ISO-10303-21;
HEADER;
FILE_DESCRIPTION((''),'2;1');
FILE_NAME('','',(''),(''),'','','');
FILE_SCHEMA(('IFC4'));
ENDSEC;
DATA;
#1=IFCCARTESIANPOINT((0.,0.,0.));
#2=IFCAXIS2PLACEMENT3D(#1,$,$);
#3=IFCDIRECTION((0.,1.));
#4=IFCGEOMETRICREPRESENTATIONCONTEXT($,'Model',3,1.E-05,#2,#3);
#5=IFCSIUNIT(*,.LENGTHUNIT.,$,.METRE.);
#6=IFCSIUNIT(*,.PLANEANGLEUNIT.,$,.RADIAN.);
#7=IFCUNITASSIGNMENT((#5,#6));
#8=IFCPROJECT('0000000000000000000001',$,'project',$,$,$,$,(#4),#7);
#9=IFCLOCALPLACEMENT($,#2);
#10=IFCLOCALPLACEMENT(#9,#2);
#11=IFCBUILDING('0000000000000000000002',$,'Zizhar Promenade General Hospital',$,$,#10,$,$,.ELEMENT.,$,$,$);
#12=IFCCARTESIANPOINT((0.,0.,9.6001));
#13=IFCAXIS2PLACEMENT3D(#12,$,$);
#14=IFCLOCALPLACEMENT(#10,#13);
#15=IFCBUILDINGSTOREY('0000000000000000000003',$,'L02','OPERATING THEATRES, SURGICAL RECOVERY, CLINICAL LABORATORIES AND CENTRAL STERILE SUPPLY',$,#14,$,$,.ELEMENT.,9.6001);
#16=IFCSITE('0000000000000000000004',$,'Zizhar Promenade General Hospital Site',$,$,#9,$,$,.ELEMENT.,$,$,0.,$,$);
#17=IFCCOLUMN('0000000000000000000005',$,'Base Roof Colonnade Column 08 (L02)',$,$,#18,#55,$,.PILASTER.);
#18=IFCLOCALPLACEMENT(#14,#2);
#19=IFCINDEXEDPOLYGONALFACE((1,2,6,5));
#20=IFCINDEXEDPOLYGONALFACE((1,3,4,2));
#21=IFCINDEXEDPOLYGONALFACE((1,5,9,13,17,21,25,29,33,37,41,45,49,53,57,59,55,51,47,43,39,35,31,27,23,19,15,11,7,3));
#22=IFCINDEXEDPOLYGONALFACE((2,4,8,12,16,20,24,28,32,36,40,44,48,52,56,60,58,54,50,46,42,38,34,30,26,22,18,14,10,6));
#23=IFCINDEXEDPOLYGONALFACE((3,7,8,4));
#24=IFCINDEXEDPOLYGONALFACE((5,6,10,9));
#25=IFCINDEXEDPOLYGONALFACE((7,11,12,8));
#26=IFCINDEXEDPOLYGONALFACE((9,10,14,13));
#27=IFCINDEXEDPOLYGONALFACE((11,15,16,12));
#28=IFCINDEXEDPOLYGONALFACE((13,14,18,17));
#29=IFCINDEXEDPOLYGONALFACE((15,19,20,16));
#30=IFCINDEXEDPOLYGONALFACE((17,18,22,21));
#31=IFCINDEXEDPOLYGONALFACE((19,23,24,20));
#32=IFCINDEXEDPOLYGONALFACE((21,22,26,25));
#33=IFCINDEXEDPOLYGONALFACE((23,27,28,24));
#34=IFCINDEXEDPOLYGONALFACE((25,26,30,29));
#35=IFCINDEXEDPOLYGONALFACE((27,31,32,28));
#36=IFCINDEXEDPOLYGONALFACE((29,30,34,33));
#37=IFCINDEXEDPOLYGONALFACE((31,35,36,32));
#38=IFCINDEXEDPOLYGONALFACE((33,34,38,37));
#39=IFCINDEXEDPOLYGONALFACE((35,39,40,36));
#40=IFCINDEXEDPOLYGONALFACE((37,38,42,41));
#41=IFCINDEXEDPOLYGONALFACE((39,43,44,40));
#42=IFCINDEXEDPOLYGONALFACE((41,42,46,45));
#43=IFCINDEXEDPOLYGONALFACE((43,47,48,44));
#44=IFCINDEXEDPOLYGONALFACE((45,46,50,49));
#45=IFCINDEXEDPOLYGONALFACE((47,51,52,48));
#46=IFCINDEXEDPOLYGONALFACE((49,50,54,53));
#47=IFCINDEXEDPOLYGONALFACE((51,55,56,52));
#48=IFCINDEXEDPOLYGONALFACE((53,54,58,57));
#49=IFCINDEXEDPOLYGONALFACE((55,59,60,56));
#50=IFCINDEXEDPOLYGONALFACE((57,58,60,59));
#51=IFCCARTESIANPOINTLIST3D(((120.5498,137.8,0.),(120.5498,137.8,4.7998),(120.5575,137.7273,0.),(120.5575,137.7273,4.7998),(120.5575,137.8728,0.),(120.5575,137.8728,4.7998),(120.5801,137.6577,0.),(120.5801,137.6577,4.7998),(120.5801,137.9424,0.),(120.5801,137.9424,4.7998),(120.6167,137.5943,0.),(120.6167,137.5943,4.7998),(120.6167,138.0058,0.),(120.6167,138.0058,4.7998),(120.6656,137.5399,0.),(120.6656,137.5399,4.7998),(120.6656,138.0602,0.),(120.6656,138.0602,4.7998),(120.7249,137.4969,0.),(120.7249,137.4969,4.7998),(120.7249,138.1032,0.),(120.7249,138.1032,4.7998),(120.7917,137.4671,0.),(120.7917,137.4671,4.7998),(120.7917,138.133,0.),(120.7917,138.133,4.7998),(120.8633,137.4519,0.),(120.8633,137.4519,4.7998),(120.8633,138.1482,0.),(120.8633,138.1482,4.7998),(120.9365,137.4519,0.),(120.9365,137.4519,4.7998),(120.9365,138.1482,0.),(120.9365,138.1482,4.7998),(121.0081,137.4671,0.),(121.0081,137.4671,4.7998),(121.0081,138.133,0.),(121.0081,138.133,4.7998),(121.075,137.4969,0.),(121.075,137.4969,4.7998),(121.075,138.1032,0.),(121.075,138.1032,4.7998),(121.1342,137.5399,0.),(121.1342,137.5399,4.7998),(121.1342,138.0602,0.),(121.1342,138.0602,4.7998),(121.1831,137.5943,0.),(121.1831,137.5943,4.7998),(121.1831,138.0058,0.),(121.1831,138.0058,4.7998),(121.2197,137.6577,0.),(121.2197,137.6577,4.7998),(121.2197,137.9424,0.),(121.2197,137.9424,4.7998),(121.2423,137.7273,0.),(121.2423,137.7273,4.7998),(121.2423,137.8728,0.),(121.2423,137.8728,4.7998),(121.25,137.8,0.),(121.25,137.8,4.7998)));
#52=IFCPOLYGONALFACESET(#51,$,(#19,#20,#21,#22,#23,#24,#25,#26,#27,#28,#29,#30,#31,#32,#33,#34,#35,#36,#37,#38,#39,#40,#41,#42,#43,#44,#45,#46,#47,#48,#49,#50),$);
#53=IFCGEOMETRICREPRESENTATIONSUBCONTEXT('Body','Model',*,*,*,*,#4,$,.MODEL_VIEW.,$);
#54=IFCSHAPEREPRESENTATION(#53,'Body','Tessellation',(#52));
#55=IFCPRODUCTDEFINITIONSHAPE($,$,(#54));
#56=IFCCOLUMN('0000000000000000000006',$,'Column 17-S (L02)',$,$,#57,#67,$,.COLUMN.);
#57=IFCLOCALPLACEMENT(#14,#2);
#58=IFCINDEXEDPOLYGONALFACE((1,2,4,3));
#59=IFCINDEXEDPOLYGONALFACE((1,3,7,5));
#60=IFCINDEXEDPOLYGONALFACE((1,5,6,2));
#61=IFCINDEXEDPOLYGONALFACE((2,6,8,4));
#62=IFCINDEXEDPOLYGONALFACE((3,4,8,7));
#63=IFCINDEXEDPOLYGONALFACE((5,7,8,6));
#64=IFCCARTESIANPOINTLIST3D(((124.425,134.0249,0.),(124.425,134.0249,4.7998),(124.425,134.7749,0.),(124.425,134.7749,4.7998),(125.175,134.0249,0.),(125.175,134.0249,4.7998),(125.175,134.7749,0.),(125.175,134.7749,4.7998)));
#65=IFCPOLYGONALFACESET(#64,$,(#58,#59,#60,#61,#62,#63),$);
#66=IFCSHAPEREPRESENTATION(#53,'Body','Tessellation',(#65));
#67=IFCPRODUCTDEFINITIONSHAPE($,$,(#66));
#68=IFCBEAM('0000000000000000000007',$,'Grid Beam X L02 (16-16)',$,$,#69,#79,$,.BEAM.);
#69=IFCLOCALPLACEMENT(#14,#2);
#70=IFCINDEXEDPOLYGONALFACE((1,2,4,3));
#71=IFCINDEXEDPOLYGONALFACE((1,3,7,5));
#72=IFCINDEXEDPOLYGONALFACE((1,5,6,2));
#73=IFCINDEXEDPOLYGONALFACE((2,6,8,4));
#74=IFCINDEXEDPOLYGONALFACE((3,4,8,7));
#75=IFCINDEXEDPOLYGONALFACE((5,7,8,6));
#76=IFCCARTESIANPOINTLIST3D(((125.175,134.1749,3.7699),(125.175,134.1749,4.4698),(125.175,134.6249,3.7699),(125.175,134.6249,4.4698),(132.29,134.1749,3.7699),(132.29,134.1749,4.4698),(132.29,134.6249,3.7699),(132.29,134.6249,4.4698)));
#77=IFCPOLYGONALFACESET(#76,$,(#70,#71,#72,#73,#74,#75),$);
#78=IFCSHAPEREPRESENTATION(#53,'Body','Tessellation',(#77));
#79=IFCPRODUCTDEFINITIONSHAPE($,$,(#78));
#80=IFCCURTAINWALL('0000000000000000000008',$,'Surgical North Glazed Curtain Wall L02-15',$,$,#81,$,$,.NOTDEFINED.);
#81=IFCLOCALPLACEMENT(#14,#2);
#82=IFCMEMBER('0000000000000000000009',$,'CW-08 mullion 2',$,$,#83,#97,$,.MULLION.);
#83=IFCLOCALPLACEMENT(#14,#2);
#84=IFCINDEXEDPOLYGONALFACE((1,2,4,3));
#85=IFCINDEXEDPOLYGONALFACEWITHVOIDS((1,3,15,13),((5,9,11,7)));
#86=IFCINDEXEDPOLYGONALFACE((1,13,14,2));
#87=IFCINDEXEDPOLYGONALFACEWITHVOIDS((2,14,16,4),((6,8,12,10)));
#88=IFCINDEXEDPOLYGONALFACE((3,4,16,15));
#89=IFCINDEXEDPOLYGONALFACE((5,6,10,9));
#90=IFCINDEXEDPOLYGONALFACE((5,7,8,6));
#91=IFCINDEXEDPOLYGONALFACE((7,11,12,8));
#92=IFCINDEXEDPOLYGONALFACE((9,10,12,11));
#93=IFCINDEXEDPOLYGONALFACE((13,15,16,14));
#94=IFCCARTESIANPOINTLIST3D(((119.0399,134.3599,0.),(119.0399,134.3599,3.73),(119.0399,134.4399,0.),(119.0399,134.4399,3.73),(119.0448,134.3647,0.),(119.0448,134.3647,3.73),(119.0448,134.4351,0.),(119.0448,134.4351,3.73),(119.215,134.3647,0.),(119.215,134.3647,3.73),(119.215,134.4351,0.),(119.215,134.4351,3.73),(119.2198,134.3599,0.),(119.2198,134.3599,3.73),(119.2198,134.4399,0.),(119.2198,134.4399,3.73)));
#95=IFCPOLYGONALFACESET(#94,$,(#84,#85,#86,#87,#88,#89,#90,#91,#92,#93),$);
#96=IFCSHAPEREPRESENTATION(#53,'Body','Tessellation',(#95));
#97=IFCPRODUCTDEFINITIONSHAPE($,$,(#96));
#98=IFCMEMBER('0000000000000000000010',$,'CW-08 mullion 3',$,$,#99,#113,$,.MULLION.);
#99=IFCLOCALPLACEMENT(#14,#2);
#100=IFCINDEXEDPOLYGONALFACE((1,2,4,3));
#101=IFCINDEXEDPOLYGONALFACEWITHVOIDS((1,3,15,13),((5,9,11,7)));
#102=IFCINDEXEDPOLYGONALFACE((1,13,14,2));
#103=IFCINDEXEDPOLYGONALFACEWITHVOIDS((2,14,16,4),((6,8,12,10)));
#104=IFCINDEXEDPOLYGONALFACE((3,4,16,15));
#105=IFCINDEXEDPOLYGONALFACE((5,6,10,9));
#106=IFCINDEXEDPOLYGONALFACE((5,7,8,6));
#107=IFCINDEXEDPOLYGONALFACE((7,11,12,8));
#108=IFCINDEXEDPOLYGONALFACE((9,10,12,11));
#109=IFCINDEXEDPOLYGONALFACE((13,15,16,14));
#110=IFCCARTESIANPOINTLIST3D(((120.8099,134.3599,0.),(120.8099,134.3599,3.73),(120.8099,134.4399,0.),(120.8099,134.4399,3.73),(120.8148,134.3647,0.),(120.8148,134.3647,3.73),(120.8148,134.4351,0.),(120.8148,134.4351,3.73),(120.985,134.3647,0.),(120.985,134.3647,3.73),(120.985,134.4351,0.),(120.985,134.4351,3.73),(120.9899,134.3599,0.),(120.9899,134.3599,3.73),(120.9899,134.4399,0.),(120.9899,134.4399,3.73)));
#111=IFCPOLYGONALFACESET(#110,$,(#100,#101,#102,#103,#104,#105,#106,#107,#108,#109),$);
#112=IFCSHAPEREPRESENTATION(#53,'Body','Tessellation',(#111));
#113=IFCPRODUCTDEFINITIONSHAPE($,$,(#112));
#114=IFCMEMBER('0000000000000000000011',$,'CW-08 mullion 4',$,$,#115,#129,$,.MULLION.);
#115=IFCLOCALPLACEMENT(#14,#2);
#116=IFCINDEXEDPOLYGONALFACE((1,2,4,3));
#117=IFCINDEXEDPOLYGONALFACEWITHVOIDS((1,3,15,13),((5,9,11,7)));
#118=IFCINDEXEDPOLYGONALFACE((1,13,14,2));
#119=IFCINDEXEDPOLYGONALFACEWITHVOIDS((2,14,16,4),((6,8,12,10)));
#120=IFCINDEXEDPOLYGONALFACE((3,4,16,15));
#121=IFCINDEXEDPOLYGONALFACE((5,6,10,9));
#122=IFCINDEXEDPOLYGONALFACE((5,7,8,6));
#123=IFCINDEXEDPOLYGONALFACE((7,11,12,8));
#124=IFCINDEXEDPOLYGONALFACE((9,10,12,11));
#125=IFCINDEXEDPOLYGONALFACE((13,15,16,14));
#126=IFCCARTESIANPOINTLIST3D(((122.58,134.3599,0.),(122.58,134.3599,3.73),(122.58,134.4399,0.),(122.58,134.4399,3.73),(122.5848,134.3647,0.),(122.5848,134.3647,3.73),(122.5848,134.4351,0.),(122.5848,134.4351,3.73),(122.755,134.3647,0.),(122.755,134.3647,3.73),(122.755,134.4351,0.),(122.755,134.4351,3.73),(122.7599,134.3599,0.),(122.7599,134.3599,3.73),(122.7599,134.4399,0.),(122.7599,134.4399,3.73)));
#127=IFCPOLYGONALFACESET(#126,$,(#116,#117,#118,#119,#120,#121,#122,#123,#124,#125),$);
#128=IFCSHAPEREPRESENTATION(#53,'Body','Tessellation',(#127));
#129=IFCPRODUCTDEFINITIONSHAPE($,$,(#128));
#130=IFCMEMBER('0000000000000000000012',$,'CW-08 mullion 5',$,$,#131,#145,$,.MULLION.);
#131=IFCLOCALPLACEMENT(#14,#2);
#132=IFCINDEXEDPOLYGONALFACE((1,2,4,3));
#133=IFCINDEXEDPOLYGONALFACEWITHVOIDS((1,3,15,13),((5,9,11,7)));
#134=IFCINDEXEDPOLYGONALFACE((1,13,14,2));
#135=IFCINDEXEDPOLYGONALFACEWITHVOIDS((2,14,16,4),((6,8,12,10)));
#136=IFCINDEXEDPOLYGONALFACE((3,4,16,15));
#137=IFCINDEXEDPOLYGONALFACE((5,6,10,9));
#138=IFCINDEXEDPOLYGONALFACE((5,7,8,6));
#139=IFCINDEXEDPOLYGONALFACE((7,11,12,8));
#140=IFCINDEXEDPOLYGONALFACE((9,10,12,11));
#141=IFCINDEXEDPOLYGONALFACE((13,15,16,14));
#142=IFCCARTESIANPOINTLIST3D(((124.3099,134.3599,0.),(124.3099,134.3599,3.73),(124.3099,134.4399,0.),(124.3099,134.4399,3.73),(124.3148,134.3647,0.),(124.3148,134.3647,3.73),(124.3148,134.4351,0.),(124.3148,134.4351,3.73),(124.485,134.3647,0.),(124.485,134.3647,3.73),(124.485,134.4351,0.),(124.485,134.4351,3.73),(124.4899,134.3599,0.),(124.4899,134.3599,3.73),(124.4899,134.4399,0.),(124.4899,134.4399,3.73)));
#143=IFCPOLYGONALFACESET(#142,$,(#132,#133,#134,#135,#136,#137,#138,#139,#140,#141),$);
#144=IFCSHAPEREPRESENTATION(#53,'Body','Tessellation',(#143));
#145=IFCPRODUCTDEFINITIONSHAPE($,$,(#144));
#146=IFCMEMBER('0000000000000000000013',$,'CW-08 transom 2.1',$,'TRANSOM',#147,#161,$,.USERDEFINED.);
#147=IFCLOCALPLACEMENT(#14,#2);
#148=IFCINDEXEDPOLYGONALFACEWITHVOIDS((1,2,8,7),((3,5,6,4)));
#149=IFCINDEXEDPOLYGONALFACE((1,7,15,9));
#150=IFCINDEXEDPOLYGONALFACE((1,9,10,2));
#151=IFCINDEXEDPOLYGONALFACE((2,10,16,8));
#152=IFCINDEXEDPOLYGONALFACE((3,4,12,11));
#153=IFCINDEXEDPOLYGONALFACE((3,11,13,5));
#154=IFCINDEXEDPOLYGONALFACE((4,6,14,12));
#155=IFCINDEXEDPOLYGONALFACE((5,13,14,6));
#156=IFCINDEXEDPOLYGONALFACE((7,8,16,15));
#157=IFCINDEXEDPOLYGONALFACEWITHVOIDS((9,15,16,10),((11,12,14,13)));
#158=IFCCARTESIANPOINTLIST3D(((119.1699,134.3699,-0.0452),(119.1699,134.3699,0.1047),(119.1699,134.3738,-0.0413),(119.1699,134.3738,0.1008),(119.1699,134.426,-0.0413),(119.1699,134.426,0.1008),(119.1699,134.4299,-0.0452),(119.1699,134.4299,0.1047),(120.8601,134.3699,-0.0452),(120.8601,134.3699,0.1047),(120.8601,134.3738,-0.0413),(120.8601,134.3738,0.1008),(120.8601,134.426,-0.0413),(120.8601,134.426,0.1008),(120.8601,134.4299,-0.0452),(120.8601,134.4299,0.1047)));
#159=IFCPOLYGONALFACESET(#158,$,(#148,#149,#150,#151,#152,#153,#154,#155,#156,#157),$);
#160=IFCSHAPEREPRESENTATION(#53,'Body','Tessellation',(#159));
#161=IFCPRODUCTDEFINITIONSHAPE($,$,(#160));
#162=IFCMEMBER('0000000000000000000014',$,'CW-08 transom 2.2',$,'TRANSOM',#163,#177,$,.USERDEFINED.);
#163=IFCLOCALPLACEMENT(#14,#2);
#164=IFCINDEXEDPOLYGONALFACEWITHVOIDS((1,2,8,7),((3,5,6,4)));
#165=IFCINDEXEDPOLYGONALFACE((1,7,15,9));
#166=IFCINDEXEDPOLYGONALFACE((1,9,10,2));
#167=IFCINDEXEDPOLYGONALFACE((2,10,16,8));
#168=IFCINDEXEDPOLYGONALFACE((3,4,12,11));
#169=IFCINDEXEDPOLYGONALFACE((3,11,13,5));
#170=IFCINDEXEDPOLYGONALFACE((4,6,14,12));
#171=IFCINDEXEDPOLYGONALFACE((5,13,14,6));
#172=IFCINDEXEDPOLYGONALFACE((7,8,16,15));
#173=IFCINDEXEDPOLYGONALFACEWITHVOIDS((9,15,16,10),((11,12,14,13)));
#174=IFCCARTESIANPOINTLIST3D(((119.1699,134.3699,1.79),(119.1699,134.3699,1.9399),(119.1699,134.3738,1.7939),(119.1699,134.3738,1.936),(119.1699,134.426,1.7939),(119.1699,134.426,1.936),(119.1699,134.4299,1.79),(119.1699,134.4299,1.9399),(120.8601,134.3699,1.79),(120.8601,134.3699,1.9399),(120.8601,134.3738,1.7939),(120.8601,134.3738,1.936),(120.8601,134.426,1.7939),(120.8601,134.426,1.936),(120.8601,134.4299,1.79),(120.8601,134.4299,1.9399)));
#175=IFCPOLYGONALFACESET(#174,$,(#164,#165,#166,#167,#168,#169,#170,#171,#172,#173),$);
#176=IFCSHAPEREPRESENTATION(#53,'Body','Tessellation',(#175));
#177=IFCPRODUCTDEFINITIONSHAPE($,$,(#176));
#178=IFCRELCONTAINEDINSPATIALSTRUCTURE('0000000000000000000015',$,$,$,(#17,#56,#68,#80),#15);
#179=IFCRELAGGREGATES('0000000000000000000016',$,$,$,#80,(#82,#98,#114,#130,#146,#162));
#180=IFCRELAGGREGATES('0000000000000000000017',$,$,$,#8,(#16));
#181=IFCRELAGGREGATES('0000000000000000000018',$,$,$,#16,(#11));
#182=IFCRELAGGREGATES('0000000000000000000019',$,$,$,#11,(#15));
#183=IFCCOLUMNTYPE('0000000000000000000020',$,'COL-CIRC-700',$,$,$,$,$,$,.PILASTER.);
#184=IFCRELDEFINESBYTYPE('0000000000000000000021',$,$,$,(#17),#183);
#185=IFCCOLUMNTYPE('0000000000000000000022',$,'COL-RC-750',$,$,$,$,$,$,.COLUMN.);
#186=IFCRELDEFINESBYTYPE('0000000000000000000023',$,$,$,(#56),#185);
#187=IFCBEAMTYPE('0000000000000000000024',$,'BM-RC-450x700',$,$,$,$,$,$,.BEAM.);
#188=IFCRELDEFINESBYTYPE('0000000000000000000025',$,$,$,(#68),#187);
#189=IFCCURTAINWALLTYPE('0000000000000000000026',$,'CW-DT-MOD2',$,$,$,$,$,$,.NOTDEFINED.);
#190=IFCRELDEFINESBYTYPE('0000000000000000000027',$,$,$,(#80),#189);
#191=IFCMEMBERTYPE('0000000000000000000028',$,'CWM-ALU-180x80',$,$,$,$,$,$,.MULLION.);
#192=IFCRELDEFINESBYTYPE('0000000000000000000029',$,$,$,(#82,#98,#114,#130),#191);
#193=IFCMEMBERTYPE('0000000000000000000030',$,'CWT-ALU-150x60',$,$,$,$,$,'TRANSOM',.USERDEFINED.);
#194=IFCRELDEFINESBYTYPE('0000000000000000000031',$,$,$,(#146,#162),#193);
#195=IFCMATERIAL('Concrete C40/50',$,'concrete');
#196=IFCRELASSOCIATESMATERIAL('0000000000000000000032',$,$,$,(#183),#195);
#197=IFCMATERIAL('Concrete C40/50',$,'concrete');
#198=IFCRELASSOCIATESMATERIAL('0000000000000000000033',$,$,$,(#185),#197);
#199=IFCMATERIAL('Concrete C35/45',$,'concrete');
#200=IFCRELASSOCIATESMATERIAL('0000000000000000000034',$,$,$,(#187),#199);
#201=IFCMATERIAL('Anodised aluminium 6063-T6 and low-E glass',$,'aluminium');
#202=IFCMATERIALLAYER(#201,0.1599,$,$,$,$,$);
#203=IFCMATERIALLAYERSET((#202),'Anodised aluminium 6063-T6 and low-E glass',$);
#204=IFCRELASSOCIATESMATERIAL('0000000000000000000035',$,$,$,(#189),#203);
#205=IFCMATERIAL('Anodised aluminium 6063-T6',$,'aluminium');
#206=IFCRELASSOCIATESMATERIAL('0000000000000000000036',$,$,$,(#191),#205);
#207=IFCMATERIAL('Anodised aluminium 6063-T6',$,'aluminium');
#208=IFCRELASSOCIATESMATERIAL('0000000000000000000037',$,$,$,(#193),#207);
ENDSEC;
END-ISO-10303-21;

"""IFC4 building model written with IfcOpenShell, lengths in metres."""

from ifc_helpers import new_model, si_unit, direction, frame, origin, origin_2d, place, context, subcontext, project, spatial, rectangle, hollow_rectangle, circle, extrude, material, layer, layer_set, material_profile, profile_set, type_object, element, aggregate, save


model = new_model("IFC4")

# Units and contexts
model_context = context("Model", 3, precision=1e-05, world=origin(), true_north=direction((0.0, 1.0)))
body_context = subcontext(model_context, "Body", "Model", "MODEL_VIEW")
ifc_project = project(units=[si_unit("LENGTHUNIT", "METRE"), si_unit("PLANEANGLEUNIT", "RADIAN")], contexts=[model_context])

# Site, building, storey
site_placement = place(None, origin())
site = spatial("IfcSite", under=ifc_project, at=site_placement, Name="Zizhar Promenade General Hospital Site", CompositionType="ELEMENT", RefElevation=0.0)
building_placement = place(site_placement, origin())
building = spatial("IfcBuilding", under=site, at=building_placement, Name="Zizhar Promenade General Hospital", CompositionType="ELEMENT")
storey_placement = place(building_placement, frame((0.0, 0.0, 9.6001)))
storey = spatial("IfcBuildingStorey", under=building, at=storey_placement, Name="L02", Description="OPERATING THEATRES, SURGICAL RECOVERY, CLINICAL LABORATORIES AND CENTRAL STERILE SUPPLY", CompositionType="ELEMENT", Elevation=9.6001)

# Columns
ifc_material_1 = material(Name="Concrete C40/50", Category="concrete")
ifc_material_profile_1 = material_profile(ifc_material_1, circle(Radius=0.3501, at=origin_2d()))
ifc_profile_set_1 = profile_set([ifc_material_profile_1], Name="Concrete C40/50")
column_type_1 = type_object("IfcColumnType", Name="COL-CIRC-700", PredefinedType="PILASTER", material=ifc_profile_set_1)
column_1_placement = place(storey_placement, frame((120.8999, 137.8, 0.0), z_axis=(0.0, 0.0, 1.0), x_axis=(1.0, 0.0, 0.0)))
element("IfcColumn", 1, at=column_1_placement, inside=storey, type_object=column_type_1, Name="Base Roof Colonnade Column 08 (L02)", PredefinedType="PILASTER", context=body_context, shape_type="SweptSolid", body=[
    extrude(circle(Radius=0.3501, at=origin_2d()), origin(), (0.0, 0.0, 1.0), 4.7998),
])
ifc_material_2 = material(Name="Concrete C40/50", Category="concrete")
ifc_material_profile_2 = material_profile(ifc_material_2, rectangle(XDim=0.75, YDim=0.75, at=origin_2d()))
ifc_profile_set_2 = profile_set([ifc_material_profile_2], Name="Concrete C40/50")
column_type_2 = type_object("IfcColumnType", Name="COL-RC-750", PredefinedType="COLUMN", material=ifc_profile_set_2)
column_2_placement = place(storey_placement, frame((124.8, 134.3999, 0.0), z_axis=(0.0, 0.0, 1.0), x_axis=(1.0, 0.0, 0.0)))
element("IfcColumn", 2, at=column_2_placement, inside=storey, type_object=column_type_2, Name="Column 17-S (L02)", PredefinedType="COLUMN", context=body_context, shape_type="SweptSolid", body=[
    extrude(rectangle(XDim=0.75, YDim=0.75, at=origin_2d()), origin(), (0.0, 0.0, 1.0), 4.7998),
])

# Beam
ifc_material_3 = material(Name="Concrete C35/45", Category="concrete")
ifc_material_profile_3 = material_profile(ifc_material_3, rectangle(XDim=0.45, YDim=0.7, at=origin_2d()))
ifc_profile_set_3 = profile_set([ifc_material_profile_3], Name="Concrete C35/45")
beam_type = type_object("IfcBeamType", Name="BM-RC-450x700", PredefinedType="BEAM", material=ifc_profile_set_3)
beam_placement = place(storey_placement, frame((125.175, 134.3999, 4.1199), z_axis=(1.0, 0.0, 0.0), x_axis=(0.0, 1.0, 0.0)))
element("IfcBeam", 3, at=beam_placement, inside=storey, type_object=beam_type, Name="Grid Beam X L02 (16-16)", PredefinedType="BEAM", context=body_context, shape_type="SweptSolid", body=[
    extrude(rectangle(XDim=0.45, YDim=0.7, at=origin_2d()), origin(), (0.0, 0.0, 1.0), 7.115),
])

# Curtain wall, members
ifc_material_4 = material(Name="Anodised aluminium 6063-T6 and low-E glass", Category="aluminium")
ifc_layer_1 = layer(ifc_material_4, 0.1599)
ifc_layer_set_1 = layer_set([ifc_layer_1], Name="Anodised aluminium 6063-T6 and low-E glass")
curtain_wall_type = type_object("IfcCurtainWallType", Name="CW-DT-MOD2", PredefinedType="NOTDEFINED", material=ifc_layer_set_1)
curtain_wall_placement = place(storey_placement, origin())
curtain_wall = element("IfcCurtainWall", 4, at=curtain_wall_placement, inside=storey, type_object=curtain_wall_type, Name="Surgical North Glazed Curtain Wall L02-15", PredefinedType="NOTDEFINED")
ifc_material_5 = material(Name="Anodised aluminium 6063-T6", Category="aluminium")
ifc_material_profile_4 = material_profile(ifc_material_5, hollow_rectangle(XDim=0.0801, YDim=0.1799, WallThickness=0.0049, at=origin_2d()))
ifc_profile_set_4 = profile_set([ifc_material_profile_4], Name="Anodised aluminium 6063-T6")
member_type_1 = type_object("IfcMemberType", Name="CWM-ALU-180x80", PredefinedType="MULLION", material=ifc_profile_set_4)
member_1_placement = place(storey_placement, frame((119.1299, 134.3999, 0.0), z_axis=(0.0, 0.0, 1.0), x_axis=(0.0, 1.0, 0.0)))
member_1 = element("IfcMember", 5, at=member_1_placement, type_object=member_type_1, Name="CW-08 mullion 2", PredefinedType="MULLION", context=body_context, shape_type="SweptSolid", body=[
    extrude(hollow_rectangle(XDim=0.0801, YDim=0.1799, WallThickness=0.0049, at=origin_2d()), origin(), (0.0, 0.0, 1.0), 3.73),
])
member_2_placement = place(storey_placement, frame((120.8999, 134.3999, 0.0), z_axis=(0.0, 0.0, 1.0), x_axis=(0.0, 1.0, 0.0)))
member_2 = element("IfcMember", 6, at=member_2_placement, type_object=member_type_1, Name="CW-08 mullion 3", PredefinedType="MULLION", context=body_context, shape_type="SweptSolid", body=[
    extrude(hollow_rectangle(XDim=0.0801, YDim=0.1799, WallThickness=0.0049, at=origin_2d()), origin(), (0.0, 0.0, 1.0), 3.73),
])
member_3_placement = place(storey_placement, frame((122.6699, 134.3999, 0.0), z_axis=(0.0, 0.0, 1.0), x_axis=(0.0, 1.0, 0.0)))
member_3 = element("IfcMember", 7, at=member_3_placement, type_object=member_type_1, Name="CW-08 mullion 4", PredefinedType="MULLION", context=body_context, shape_type="SweptSolid", body=[
    extrude(hollow_rectangle(XDim=0.0801, YDim=0.1799, WallThickness=0.0049, at=origin_2d()), origin(), (0.0, 0.0, 1.0), 3.73),
])
member_4_placement = place(storey_placement, frame((124.3999, 134.3999, 0.0), z_axis=(0.0, 0.0, 1.0), x_axis=(0.0, 1.0, 0.0)))
member_4 = element("IfcMember", 8, at=member_4_placement, type_object=member_type_1, Name="CW-08 mullion 5", PredefinedType="MULLION", context=body_context, shape_type="SweptSolid", body=[
    extrude(hollow_rectangle(XDim=0.0801, YDim=0.1799, WallThickness=0.0049, at=origin_2d()), origin(), (0.0, 0.0, 1.0), 3.73),
])
ifc_material_6 = material(Name="Anodised aluminium 6063-T6", Category="aluminium")
ifc_material_profile_5 = material_profile(ifc_material_6, hollow_rectangle(XDim=0.0601, YDim=0.1499, WallThickness=0.0039, at=origin_2d()))
ifc_profile_set_5 = profile_set([ifc_material_profile_5], Name="Anodised aluminium 6063-T6")
member_type_2 = type_object("IfcMemberType", Name="CWT-ALU-150x60", ElementType="TRANSOM", PredefinedType="USERDEFINED", material=ifc_profile_set_5)
member_5_placement = place(storey_placement, frame((119.1699, 134.3999, 0.0298), z_axis=(1.0, 0.0, 0.0), x_axis=(0.0, 1.0, 0.0)))
member_5 = element("IfcMember", 9, at=member_5_placement, type_object=member_type_2, Name="CW-08 transom 2.1", ObjectType="TRANSOM", PredefinedType="USERDEFINED", context=body_context, shape_type="SweptSolid", body=[
    extrude(hollow_rectangle(XDim=0.0601, YDim=0.1499, WallThickness=0.0039, at=origin_2d()), origin(), (0.0, 0.0, 1.0), 1.6902),
])
member_6_placement = place(storey_placement, frame((119.1699, 134.3999, 1.865), z_axis=(1.0, 0.0, 0.0), x_axis=(0.0, 1.0, 0.0)))
member_6 = element("IfcMember", 10, at=member_6_placement, type_object=member_type_2, Name="CW-08 transom 2.2", ObjectType="TRANSOM", PredefinedType="USERDEFINED", context=body_context, shape_type="SweptSolid", body=[
    extrude(hollow_rectangle(XDim=0.0601, YDim=0.1499, WallThickness=0.0039, at=origin_2d()), origin(), (0.0, 0.0, 1.0), 1.6902),
])
aggregate(curtain_wall, [member_1, member_2, member_3, member_4, member_5, member_6])

save(model, "model.ifc")
